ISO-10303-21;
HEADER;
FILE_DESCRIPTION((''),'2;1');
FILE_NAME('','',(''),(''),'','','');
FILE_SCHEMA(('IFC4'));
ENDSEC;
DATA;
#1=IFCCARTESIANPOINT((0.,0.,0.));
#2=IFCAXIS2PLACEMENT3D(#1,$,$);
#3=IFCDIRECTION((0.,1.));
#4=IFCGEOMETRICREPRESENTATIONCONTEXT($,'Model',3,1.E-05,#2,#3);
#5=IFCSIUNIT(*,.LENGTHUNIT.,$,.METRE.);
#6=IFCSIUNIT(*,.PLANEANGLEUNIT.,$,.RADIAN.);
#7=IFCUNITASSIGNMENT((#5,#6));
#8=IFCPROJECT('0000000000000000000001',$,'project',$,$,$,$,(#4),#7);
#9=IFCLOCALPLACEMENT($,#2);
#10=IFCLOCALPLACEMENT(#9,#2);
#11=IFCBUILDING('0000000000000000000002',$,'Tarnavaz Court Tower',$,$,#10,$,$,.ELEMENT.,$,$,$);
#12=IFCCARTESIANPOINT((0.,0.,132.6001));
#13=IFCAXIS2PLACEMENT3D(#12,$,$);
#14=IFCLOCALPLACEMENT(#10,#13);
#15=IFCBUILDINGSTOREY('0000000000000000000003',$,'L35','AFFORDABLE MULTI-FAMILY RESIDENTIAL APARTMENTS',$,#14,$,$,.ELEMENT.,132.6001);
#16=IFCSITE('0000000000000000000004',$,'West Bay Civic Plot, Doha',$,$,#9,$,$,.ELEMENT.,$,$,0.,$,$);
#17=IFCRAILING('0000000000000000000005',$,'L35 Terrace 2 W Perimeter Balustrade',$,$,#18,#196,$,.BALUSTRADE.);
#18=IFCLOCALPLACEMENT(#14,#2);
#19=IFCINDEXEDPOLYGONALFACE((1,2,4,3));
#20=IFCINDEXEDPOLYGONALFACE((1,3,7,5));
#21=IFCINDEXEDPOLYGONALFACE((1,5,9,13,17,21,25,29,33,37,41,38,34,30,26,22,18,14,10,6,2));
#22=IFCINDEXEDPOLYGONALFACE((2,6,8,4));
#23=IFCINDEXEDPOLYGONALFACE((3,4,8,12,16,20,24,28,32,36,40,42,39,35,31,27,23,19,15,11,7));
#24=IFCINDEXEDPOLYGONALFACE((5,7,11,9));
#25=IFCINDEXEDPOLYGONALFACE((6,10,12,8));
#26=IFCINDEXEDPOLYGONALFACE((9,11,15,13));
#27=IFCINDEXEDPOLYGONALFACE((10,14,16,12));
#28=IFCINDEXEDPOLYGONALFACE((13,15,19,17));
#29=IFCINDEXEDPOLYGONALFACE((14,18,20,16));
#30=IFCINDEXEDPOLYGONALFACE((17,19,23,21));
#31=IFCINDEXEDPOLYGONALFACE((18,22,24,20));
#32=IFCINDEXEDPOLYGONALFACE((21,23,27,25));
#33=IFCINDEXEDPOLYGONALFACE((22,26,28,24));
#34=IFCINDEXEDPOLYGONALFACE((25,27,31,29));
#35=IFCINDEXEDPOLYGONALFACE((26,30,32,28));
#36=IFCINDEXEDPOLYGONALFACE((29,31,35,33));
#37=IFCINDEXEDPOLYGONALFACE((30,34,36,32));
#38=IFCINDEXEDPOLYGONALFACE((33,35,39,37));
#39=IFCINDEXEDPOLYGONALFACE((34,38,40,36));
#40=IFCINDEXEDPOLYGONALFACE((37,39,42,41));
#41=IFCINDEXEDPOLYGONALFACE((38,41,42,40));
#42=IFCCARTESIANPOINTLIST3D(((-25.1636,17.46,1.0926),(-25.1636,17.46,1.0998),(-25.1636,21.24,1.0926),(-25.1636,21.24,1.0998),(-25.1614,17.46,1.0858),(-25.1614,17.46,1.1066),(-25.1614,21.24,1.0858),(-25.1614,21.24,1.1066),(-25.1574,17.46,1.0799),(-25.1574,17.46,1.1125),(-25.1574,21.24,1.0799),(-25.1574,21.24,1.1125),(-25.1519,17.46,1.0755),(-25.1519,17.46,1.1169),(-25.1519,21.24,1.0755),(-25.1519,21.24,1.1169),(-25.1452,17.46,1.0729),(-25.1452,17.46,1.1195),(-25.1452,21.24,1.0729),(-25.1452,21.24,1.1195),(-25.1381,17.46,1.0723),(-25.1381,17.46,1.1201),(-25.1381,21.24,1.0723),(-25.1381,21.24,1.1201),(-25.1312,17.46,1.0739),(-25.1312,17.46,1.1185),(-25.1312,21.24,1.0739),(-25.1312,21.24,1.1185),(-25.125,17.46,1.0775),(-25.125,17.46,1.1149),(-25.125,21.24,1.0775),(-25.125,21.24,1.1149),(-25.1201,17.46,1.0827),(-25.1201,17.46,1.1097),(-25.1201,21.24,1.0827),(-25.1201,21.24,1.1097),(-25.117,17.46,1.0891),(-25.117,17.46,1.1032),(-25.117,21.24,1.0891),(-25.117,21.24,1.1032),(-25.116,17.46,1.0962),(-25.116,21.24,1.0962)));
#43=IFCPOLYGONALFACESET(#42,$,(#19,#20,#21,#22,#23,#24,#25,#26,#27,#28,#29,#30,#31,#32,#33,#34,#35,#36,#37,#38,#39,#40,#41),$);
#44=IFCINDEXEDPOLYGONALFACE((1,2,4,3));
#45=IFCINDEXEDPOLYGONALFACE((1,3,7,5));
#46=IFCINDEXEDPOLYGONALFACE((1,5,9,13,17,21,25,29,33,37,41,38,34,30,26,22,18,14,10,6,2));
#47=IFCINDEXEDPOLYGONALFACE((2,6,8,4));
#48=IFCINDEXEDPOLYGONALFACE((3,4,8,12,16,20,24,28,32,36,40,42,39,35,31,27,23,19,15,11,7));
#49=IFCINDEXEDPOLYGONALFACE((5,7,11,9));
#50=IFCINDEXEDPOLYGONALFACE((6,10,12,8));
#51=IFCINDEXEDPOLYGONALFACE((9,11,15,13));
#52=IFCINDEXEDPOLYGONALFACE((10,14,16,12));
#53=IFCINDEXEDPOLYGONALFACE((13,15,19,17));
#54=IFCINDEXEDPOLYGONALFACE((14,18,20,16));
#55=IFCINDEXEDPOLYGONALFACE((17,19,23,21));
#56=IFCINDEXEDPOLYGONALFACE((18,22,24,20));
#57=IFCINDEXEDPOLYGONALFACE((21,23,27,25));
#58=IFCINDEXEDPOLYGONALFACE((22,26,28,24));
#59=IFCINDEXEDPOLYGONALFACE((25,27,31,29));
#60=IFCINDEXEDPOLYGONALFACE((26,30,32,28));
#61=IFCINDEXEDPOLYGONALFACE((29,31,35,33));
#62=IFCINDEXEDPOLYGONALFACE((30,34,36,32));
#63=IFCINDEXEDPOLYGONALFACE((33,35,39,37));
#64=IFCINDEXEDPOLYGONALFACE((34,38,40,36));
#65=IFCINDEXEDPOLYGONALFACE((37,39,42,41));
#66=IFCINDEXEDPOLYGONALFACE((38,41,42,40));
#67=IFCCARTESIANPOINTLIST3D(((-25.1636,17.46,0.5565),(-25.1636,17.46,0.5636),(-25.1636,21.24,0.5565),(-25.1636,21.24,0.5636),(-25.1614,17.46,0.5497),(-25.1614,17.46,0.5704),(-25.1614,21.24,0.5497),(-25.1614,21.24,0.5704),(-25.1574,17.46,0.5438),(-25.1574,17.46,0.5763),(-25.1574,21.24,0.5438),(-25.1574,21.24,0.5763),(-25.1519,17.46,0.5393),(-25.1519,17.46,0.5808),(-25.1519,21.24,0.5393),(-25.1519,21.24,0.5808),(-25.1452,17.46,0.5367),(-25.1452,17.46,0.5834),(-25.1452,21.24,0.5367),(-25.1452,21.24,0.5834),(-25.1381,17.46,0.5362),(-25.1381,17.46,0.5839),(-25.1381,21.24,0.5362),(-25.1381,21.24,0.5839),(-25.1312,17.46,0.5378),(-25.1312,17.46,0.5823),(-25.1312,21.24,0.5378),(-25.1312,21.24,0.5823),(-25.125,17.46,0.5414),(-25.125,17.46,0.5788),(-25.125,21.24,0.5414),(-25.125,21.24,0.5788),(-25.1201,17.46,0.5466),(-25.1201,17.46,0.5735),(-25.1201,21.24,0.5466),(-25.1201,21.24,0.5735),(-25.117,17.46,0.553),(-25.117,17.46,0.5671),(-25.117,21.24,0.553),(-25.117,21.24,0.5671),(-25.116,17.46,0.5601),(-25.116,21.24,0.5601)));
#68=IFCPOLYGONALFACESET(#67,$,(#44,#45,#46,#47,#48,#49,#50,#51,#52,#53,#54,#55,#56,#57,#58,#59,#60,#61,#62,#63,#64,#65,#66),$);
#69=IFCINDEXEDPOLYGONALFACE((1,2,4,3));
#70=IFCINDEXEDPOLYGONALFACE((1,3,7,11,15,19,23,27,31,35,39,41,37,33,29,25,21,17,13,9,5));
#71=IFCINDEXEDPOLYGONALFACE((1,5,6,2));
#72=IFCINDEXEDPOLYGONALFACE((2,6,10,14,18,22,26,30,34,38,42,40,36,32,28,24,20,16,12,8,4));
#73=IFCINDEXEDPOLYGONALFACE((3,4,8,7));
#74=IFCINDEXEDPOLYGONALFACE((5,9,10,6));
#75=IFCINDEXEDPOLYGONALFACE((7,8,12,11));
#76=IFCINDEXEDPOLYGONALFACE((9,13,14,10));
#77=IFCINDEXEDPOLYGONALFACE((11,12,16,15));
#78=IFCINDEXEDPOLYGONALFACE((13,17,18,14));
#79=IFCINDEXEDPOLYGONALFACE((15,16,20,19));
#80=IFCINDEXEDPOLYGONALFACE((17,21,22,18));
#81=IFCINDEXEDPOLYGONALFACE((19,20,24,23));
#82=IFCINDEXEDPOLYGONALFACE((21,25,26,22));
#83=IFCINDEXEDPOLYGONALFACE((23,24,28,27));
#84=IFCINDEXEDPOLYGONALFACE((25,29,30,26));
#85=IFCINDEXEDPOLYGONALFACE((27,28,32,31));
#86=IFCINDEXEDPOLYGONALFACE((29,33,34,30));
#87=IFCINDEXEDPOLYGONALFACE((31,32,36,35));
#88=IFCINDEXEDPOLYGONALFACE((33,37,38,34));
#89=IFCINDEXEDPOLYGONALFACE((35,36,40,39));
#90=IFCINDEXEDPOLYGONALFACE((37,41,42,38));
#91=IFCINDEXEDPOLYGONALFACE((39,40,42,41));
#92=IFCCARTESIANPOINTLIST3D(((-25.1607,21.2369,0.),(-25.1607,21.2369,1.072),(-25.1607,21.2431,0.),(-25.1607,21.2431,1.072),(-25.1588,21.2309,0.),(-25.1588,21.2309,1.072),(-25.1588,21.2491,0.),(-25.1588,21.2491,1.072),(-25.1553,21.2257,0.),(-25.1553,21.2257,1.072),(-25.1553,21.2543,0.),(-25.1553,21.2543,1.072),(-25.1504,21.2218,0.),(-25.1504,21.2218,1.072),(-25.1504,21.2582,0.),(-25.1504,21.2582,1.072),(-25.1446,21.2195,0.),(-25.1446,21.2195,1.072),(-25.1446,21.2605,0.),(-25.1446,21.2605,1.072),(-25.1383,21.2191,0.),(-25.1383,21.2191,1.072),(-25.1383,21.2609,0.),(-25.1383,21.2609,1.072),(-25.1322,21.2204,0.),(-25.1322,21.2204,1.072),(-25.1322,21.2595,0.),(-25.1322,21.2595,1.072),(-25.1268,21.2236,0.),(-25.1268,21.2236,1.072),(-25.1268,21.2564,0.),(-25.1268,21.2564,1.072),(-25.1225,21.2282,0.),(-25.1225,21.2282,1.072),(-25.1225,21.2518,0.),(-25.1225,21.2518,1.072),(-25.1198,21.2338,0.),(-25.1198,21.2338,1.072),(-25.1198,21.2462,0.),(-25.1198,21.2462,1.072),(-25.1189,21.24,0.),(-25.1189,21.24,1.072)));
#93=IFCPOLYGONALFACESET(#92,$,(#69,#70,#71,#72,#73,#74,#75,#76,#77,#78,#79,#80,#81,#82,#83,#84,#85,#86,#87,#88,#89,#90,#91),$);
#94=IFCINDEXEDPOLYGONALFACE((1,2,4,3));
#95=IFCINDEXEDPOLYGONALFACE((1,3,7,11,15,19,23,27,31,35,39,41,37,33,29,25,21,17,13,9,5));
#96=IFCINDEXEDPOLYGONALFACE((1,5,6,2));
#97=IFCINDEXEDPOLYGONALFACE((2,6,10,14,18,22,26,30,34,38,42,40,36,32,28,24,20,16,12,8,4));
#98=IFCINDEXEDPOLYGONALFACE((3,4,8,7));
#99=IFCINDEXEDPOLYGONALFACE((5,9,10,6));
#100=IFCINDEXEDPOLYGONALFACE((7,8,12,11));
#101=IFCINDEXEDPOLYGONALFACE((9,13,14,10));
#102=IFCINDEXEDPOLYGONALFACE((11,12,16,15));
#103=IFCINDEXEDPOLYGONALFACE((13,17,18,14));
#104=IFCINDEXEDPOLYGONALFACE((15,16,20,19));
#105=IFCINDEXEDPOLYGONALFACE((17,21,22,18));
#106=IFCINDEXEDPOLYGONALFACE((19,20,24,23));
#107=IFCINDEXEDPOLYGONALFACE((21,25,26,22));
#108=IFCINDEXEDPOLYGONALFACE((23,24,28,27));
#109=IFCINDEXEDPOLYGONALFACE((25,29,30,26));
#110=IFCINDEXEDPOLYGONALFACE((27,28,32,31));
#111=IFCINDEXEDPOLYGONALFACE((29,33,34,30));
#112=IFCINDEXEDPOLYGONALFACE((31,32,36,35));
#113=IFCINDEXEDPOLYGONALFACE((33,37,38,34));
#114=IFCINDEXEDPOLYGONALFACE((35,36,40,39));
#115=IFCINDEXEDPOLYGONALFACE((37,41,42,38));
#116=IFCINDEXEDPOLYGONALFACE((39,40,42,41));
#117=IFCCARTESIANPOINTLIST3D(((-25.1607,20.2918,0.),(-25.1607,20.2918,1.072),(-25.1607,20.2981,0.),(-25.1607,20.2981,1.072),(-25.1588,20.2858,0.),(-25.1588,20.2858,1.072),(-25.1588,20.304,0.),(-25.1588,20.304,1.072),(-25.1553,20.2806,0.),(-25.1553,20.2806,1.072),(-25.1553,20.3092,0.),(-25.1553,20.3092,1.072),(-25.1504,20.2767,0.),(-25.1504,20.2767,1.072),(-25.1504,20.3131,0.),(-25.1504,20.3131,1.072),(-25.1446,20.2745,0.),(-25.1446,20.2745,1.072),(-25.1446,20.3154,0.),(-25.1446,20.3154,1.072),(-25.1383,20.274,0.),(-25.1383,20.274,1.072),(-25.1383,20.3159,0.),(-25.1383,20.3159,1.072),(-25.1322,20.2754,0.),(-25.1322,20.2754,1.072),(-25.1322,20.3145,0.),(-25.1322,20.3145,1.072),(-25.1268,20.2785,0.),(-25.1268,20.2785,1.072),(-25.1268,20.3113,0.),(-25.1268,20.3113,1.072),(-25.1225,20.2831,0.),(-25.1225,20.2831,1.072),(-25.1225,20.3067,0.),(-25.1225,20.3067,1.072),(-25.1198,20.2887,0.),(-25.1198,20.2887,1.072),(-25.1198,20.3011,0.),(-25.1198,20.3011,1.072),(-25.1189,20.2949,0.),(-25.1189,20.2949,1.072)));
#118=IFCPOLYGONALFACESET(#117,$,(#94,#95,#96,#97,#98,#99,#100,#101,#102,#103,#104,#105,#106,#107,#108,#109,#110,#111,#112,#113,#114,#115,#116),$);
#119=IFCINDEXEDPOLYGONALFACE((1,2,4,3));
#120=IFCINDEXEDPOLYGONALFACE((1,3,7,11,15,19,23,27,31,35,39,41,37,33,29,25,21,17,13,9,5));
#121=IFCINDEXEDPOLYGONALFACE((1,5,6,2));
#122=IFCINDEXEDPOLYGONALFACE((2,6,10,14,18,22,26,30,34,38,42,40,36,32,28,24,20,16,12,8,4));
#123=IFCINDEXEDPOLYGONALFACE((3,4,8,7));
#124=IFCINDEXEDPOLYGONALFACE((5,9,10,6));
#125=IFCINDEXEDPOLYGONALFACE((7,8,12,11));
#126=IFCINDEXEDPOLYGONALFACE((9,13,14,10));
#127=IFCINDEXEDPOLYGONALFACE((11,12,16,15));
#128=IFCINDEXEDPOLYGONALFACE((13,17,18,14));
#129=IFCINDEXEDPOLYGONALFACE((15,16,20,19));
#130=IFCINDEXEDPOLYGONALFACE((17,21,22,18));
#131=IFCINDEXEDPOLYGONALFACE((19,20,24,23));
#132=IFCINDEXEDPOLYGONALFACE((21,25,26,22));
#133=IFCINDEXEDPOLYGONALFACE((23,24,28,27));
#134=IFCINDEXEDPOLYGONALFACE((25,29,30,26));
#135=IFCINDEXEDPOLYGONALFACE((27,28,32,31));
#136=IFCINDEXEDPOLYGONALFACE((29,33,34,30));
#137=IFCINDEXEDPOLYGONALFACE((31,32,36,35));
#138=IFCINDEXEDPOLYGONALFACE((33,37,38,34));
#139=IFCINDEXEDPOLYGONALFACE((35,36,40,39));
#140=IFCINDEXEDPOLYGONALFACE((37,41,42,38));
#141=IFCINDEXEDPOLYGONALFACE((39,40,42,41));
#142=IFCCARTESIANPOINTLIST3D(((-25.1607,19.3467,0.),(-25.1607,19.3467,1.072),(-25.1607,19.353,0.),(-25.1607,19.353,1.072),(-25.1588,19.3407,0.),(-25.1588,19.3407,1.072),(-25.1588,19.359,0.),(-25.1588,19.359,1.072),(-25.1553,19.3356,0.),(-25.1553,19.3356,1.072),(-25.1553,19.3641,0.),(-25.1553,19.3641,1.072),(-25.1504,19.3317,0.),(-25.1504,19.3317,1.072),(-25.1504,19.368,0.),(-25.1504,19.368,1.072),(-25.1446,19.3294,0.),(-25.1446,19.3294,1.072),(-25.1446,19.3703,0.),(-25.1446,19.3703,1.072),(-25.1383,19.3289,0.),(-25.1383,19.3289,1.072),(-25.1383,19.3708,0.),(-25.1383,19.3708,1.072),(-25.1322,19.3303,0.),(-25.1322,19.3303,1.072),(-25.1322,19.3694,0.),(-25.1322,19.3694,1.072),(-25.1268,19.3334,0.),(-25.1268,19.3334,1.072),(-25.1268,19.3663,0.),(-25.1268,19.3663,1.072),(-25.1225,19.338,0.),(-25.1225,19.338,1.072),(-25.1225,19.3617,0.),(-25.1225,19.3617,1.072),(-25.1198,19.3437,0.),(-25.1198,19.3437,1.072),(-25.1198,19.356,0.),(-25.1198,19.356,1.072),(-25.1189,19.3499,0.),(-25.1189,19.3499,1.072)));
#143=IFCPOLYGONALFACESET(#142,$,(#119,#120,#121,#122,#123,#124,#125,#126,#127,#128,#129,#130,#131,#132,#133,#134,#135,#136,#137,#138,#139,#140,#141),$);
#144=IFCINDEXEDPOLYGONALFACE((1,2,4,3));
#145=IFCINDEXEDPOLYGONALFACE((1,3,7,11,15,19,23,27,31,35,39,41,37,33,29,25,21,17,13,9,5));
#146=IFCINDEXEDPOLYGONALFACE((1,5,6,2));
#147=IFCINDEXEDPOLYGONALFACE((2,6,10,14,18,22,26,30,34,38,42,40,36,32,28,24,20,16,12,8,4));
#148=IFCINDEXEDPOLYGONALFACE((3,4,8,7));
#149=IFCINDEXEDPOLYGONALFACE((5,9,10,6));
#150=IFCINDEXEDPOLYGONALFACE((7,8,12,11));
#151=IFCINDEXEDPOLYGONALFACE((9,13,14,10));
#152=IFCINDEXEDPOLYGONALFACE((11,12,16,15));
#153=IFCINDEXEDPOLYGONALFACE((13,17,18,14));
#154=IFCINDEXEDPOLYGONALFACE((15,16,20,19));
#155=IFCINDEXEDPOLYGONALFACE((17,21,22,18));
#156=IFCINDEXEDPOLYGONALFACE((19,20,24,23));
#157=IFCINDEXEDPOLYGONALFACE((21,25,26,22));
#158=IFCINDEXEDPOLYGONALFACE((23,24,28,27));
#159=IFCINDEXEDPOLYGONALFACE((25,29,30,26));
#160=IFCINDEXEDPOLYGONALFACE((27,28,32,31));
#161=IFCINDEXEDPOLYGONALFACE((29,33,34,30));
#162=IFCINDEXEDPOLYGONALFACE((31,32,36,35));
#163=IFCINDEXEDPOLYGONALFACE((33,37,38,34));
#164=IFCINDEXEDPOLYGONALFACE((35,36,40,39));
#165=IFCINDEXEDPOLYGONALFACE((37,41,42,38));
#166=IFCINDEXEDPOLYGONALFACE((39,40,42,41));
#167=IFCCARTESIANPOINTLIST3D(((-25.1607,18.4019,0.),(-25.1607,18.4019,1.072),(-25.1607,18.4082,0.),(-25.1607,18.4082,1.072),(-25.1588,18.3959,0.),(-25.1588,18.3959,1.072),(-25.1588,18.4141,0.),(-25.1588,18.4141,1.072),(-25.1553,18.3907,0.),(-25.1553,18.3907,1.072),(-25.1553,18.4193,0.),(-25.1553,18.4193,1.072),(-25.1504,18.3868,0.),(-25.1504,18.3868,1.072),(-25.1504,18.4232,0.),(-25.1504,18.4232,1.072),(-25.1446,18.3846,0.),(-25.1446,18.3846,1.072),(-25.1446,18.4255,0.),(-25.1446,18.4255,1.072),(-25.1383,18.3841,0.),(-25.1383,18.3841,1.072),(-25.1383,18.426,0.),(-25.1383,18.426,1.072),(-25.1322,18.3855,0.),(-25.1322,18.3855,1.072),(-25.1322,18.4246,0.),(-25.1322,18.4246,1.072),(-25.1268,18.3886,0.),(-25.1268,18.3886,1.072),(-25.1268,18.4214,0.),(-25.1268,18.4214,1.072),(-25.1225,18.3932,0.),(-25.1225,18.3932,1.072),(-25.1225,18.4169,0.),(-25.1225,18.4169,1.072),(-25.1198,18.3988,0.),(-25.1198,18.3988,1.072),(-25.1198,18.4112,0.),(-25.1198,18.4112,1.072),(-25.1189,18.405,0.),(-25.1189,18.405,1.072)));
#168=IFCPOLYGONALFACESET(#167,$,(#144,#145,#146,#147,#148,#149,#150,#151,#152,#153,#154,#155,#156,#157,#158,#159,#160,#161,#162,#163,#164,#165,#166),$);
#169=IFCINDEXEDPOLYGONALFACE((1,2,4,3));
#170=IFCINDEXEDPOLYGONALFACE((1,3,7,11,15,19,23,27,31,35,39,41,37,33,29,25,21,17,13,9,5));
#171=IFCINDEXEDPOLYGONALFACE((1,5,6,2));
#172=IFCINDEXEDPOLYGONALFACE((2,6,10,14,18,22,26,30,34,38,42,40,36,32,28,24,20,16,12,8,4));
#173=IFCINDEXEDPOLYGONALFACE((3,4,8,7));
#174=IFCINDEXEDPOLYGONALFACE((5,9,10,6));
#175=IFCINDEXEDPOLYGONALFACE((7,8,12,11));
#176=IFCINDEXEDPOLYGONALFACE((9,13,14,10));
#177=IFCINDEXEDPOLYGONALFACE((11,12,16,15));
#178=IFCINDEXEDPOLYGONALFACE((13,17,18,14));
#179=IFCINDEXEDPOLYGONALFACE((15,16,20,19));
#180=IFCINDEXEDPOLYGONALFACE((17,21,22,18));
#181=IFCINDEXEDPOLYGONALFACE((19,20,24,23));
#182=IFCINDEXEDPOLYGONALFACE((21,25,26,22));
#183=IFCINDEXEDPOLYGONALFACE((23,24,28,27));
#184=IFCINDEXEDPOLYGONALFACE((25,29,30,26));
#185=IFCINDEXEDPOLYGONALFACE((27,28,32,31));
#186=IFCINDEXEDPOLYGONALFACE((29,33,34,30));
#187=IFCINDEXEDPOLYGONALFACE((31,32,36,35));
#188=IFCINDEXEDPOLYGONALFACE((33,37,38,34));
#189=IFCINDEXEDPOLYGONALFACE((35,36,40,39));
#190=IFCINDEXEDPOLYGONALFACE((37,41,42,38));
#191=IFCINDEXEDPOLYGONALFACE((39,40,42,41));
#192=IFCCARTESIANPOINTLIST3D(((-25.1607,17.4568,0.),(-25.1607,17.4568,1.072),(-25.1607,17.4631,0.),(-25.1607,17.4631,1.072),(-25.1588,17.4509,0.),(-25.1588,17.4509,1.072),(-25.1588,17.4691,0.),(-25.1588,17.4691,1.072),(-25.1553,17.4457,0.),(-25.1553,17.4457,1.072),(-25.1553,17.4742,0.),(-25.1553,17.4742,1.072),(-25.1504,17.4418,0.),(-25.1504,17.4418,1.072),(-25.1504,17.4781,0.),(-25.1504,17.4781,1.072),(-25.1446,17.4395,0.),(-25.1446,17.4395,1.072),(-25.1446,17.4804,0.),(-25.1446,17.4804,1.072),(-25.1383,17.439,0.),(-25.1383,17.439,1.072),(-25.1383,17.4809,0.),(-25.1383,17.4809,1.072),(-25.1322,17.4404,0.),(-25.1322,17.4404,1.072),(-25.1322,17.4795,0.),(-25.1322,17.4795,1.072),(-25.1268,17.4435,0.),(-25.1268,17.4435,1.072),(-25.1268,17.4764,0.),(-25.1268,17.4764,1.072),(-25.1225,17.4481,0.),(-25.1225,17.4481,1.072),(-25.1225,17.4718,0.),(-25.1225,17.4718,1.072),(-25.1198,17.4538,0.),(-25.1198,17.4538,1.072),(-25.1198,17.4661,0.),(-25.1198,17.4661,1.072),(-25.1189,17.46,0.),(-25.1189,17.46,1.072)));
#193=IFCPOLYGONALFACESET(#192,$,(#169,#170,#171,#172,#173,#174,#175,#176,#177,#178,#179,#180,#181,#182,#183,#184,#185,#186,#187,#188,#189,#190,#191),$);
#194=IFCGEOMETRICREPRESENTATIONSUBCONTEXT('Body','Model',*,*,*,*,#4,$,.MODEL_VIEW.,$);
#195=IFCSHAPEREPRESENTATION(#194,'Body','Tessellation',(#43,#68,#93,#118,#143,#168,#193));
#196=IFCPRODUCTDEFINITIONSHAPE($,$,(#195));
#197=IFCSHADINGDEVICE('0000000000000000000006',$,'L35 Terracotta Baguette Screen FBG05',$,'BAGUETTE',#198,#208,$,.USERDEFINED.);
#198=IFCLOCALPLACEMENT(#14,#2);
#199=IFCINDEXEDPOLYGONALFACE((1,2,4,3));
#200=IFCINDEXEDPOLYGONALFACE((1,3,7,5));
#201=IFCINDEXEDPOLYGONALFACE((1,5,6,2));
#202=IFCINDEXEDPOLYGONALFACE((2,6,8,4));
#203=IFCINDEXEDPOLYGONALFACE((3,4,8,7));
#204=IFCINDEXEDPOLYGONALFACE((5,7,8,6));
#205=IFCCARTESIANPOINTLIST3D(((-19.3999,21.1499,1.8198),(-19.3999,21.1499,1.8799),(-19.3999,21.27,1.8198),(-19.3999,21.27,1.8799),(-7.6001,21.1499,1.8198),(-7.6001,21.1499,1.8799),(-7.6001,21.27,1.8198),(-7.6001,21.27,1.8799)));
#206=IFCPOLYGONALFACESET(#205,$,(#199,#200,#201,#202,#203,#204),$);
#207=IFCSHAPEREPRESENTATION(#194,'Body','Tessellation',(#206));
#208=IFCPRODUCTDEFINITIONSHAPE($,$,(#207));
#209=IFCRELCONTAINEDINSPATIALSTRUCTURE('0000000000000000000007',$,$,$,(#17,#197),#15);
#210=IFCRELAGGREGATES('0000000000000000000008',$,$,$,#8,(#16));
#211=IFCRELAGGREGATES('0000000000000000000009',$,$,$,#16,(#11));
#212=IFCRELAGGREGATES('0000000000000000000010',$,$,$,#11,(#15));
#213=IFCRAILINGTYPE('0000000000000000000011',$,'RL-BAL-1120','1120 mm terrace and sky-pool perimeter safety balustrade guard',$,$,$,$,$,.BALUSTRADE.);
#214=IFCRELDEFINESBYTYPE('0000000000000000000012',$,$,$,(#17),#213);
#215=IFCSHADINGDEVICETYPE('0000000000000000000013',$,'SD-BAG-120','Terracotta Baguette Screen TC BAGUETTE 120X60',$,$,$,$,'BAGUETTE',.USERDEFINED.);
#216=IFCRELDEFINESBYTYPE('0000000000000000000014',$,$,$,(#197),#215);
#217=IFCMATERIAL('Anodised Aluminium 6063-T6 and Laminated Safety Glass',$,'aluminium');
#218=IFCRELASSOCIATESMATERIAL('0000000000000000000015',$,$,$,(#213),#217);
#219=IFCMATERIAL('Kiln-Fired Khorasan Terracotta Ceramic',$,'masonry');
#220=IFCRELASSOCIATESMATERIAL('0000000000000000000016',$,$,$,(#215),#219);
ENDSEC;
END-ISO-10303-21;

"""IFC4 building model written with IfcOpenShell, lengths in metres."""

from ifc_helpers import new_model, si_unit, direction, frame, origin, origin_2d, place, context, subcontext, project, spatial, rectangle, circle, extrude, material, material_profile, profile_set, type_object, element, save


model = new_model("IFC4")

# Units and contexts
model_context = context("Model", 3, precision=1e-05, world=origin(), true_north=direction((0.0, 1.0)))
body_context = subcontext(model_context, "Body", "Model", "MODEL_VIEW")
ifc_project = project(units=[si_unit("LENGTHUNIT", "METRE"), si_unit("PLANEANGLEUNIT", "RADIAN")], contexts=[model_context])

# Site, building, storey
site_placement = place(None, origin())
site = spatial("IfcSite", under=ifc_project, at=site_placement, Name="West Bay Civic Plot, Doha", CompositionType="ELEMENT", RefElevation=0.0)
building_placement = place(site_placement, origin())
building = spatial("IfcBuilding", under=site, at=building_placement, Name="Tarnavaz Court Tower", CompositionType="ELEMENT")
storey_placement = place(building_placement, frame((0.0, 0.0, 132.6001)))
storey = spatial("IfcBuildingStorey", under=building, at=storey_placement, Name="L35", Description="AFFORDABLE MULTI-FAMILY RESIDENTIAL APARTMENTS", CompositionType="ELEMENT", Elevation=132.6001)

# Railing
ifc_material_1 = material(Name="Anodised Aluminium 6063-T6 and Laminated Safety Glass", Category="aluminium")
railing_type = type_object("IfcRailingType", Name="RL-BAL-1120", Description="1120 mm terrace and sky-pool perimeter safety balustrade guard", PredefinedType="BALUSTRADE", material=ifc_material_1)
railing_1_placement = place(storey_placement, frame((-25.1399, 21.24, 0.0)))
element("IfcRailing", 1, at=railing_1_placement, inside=storey, type_object=railing_type, Name="L35 Terrace 2 W Perimeter Balustrade", PredefinedType="BALUSTRADE", context=body_context, shape_type="SweptSolid", body=[
    extrude(circle(Radius=0.0239, at=origin_2d()), frame((0.0, 0.0, 1.0962), z_axis=(0.0, -1.0, 0.0), x_axis=(1.0, 0.0, 0.0)), (0.0, 0.0, 1.0), 3.78),
    extrude(circle(Radius=0.0239, at=origin_2d()), frame((0.0, 0.0, 0.5601), z_axis=(0.0, -1.0, 0.0), x_axis=(1.0, 0.0, 0.0)), (0.0, 0.0, 1.0), 3.78),
    extrude(circle(Radius=0.021, at=origin_2d()), origin(), (0.0, 0.0, 1.0), 1.072),
    extrude(circle(Radius=0.021, at=origin_2d()), frame((0.0, -0.9451, 0.0)), (0.0, 0.0, 1.0), 1.072),
    extrude(circle(Radius=0.021, at=origin_2d()), frame((0.0, -1.8901, 0.0)), (0.0, 0.0, 1.0), 1.072),
    extrude(circle(Radius=0.021, at=origin_2d()), frame((0.0, -2.835, 0.0)), (0.0, 0.0, 1.0), 1.072),
    extrude(circle(Radius=0.021, at=origin_2d()), frame((0.0, -3.78, 0.0)), (0.0, 0.0, 1.0), 1.072),
])

# Shading device
ifc_material_2 = material(Name="Kiln-Fired Khorasan Terracotta Ceramic", Category="masonry")
ifc_material_profile_1 = material_profile(ifc_material_2, rectangle(XDim=0.1201, YDim=0.0601, at=origin_2d()), Name="TC BAGUETTE 120X60")
ifc_profile_set_1 = profile_set([ifc_material_profile_1], Name="Kiln-Fired Khorasan Terracotta Ceramic")
shading_device_type = type_object("IfcShadingDeviceType", Name="SD-BAG-120", Description="Terracotta Baguette Screen TC BAGUETTE 120X60", ElementType="BAGUETTE", PredefinedType="USERDEFINED", material=ifc_profile_set_1)
shading_device_placement = place(storey_placement, frame((-19.3999, 21.21, 1.8499), z_axis=(1.0, 0.0, 0.0), x_axis=(0.0, 1.0, 0.0)))
element("IfcShadingDevice", 2, at=shading_device_placement, inside=storey, type_object=shading_device_type, Name="L35 Terracotta Baguette Screen FBG05", ObjectType="BAGUETTE", PredefinedType="USERDEFINED", context=body_context, shape_type="SweptSolid", body=[
    extrude(rectangle(XDim=0.1201, YDim=0.0601, at=origin_2d()), origin(), (0.0, 0.0, 1.0), 11.7998),
])

save(model, "model.ifc")
